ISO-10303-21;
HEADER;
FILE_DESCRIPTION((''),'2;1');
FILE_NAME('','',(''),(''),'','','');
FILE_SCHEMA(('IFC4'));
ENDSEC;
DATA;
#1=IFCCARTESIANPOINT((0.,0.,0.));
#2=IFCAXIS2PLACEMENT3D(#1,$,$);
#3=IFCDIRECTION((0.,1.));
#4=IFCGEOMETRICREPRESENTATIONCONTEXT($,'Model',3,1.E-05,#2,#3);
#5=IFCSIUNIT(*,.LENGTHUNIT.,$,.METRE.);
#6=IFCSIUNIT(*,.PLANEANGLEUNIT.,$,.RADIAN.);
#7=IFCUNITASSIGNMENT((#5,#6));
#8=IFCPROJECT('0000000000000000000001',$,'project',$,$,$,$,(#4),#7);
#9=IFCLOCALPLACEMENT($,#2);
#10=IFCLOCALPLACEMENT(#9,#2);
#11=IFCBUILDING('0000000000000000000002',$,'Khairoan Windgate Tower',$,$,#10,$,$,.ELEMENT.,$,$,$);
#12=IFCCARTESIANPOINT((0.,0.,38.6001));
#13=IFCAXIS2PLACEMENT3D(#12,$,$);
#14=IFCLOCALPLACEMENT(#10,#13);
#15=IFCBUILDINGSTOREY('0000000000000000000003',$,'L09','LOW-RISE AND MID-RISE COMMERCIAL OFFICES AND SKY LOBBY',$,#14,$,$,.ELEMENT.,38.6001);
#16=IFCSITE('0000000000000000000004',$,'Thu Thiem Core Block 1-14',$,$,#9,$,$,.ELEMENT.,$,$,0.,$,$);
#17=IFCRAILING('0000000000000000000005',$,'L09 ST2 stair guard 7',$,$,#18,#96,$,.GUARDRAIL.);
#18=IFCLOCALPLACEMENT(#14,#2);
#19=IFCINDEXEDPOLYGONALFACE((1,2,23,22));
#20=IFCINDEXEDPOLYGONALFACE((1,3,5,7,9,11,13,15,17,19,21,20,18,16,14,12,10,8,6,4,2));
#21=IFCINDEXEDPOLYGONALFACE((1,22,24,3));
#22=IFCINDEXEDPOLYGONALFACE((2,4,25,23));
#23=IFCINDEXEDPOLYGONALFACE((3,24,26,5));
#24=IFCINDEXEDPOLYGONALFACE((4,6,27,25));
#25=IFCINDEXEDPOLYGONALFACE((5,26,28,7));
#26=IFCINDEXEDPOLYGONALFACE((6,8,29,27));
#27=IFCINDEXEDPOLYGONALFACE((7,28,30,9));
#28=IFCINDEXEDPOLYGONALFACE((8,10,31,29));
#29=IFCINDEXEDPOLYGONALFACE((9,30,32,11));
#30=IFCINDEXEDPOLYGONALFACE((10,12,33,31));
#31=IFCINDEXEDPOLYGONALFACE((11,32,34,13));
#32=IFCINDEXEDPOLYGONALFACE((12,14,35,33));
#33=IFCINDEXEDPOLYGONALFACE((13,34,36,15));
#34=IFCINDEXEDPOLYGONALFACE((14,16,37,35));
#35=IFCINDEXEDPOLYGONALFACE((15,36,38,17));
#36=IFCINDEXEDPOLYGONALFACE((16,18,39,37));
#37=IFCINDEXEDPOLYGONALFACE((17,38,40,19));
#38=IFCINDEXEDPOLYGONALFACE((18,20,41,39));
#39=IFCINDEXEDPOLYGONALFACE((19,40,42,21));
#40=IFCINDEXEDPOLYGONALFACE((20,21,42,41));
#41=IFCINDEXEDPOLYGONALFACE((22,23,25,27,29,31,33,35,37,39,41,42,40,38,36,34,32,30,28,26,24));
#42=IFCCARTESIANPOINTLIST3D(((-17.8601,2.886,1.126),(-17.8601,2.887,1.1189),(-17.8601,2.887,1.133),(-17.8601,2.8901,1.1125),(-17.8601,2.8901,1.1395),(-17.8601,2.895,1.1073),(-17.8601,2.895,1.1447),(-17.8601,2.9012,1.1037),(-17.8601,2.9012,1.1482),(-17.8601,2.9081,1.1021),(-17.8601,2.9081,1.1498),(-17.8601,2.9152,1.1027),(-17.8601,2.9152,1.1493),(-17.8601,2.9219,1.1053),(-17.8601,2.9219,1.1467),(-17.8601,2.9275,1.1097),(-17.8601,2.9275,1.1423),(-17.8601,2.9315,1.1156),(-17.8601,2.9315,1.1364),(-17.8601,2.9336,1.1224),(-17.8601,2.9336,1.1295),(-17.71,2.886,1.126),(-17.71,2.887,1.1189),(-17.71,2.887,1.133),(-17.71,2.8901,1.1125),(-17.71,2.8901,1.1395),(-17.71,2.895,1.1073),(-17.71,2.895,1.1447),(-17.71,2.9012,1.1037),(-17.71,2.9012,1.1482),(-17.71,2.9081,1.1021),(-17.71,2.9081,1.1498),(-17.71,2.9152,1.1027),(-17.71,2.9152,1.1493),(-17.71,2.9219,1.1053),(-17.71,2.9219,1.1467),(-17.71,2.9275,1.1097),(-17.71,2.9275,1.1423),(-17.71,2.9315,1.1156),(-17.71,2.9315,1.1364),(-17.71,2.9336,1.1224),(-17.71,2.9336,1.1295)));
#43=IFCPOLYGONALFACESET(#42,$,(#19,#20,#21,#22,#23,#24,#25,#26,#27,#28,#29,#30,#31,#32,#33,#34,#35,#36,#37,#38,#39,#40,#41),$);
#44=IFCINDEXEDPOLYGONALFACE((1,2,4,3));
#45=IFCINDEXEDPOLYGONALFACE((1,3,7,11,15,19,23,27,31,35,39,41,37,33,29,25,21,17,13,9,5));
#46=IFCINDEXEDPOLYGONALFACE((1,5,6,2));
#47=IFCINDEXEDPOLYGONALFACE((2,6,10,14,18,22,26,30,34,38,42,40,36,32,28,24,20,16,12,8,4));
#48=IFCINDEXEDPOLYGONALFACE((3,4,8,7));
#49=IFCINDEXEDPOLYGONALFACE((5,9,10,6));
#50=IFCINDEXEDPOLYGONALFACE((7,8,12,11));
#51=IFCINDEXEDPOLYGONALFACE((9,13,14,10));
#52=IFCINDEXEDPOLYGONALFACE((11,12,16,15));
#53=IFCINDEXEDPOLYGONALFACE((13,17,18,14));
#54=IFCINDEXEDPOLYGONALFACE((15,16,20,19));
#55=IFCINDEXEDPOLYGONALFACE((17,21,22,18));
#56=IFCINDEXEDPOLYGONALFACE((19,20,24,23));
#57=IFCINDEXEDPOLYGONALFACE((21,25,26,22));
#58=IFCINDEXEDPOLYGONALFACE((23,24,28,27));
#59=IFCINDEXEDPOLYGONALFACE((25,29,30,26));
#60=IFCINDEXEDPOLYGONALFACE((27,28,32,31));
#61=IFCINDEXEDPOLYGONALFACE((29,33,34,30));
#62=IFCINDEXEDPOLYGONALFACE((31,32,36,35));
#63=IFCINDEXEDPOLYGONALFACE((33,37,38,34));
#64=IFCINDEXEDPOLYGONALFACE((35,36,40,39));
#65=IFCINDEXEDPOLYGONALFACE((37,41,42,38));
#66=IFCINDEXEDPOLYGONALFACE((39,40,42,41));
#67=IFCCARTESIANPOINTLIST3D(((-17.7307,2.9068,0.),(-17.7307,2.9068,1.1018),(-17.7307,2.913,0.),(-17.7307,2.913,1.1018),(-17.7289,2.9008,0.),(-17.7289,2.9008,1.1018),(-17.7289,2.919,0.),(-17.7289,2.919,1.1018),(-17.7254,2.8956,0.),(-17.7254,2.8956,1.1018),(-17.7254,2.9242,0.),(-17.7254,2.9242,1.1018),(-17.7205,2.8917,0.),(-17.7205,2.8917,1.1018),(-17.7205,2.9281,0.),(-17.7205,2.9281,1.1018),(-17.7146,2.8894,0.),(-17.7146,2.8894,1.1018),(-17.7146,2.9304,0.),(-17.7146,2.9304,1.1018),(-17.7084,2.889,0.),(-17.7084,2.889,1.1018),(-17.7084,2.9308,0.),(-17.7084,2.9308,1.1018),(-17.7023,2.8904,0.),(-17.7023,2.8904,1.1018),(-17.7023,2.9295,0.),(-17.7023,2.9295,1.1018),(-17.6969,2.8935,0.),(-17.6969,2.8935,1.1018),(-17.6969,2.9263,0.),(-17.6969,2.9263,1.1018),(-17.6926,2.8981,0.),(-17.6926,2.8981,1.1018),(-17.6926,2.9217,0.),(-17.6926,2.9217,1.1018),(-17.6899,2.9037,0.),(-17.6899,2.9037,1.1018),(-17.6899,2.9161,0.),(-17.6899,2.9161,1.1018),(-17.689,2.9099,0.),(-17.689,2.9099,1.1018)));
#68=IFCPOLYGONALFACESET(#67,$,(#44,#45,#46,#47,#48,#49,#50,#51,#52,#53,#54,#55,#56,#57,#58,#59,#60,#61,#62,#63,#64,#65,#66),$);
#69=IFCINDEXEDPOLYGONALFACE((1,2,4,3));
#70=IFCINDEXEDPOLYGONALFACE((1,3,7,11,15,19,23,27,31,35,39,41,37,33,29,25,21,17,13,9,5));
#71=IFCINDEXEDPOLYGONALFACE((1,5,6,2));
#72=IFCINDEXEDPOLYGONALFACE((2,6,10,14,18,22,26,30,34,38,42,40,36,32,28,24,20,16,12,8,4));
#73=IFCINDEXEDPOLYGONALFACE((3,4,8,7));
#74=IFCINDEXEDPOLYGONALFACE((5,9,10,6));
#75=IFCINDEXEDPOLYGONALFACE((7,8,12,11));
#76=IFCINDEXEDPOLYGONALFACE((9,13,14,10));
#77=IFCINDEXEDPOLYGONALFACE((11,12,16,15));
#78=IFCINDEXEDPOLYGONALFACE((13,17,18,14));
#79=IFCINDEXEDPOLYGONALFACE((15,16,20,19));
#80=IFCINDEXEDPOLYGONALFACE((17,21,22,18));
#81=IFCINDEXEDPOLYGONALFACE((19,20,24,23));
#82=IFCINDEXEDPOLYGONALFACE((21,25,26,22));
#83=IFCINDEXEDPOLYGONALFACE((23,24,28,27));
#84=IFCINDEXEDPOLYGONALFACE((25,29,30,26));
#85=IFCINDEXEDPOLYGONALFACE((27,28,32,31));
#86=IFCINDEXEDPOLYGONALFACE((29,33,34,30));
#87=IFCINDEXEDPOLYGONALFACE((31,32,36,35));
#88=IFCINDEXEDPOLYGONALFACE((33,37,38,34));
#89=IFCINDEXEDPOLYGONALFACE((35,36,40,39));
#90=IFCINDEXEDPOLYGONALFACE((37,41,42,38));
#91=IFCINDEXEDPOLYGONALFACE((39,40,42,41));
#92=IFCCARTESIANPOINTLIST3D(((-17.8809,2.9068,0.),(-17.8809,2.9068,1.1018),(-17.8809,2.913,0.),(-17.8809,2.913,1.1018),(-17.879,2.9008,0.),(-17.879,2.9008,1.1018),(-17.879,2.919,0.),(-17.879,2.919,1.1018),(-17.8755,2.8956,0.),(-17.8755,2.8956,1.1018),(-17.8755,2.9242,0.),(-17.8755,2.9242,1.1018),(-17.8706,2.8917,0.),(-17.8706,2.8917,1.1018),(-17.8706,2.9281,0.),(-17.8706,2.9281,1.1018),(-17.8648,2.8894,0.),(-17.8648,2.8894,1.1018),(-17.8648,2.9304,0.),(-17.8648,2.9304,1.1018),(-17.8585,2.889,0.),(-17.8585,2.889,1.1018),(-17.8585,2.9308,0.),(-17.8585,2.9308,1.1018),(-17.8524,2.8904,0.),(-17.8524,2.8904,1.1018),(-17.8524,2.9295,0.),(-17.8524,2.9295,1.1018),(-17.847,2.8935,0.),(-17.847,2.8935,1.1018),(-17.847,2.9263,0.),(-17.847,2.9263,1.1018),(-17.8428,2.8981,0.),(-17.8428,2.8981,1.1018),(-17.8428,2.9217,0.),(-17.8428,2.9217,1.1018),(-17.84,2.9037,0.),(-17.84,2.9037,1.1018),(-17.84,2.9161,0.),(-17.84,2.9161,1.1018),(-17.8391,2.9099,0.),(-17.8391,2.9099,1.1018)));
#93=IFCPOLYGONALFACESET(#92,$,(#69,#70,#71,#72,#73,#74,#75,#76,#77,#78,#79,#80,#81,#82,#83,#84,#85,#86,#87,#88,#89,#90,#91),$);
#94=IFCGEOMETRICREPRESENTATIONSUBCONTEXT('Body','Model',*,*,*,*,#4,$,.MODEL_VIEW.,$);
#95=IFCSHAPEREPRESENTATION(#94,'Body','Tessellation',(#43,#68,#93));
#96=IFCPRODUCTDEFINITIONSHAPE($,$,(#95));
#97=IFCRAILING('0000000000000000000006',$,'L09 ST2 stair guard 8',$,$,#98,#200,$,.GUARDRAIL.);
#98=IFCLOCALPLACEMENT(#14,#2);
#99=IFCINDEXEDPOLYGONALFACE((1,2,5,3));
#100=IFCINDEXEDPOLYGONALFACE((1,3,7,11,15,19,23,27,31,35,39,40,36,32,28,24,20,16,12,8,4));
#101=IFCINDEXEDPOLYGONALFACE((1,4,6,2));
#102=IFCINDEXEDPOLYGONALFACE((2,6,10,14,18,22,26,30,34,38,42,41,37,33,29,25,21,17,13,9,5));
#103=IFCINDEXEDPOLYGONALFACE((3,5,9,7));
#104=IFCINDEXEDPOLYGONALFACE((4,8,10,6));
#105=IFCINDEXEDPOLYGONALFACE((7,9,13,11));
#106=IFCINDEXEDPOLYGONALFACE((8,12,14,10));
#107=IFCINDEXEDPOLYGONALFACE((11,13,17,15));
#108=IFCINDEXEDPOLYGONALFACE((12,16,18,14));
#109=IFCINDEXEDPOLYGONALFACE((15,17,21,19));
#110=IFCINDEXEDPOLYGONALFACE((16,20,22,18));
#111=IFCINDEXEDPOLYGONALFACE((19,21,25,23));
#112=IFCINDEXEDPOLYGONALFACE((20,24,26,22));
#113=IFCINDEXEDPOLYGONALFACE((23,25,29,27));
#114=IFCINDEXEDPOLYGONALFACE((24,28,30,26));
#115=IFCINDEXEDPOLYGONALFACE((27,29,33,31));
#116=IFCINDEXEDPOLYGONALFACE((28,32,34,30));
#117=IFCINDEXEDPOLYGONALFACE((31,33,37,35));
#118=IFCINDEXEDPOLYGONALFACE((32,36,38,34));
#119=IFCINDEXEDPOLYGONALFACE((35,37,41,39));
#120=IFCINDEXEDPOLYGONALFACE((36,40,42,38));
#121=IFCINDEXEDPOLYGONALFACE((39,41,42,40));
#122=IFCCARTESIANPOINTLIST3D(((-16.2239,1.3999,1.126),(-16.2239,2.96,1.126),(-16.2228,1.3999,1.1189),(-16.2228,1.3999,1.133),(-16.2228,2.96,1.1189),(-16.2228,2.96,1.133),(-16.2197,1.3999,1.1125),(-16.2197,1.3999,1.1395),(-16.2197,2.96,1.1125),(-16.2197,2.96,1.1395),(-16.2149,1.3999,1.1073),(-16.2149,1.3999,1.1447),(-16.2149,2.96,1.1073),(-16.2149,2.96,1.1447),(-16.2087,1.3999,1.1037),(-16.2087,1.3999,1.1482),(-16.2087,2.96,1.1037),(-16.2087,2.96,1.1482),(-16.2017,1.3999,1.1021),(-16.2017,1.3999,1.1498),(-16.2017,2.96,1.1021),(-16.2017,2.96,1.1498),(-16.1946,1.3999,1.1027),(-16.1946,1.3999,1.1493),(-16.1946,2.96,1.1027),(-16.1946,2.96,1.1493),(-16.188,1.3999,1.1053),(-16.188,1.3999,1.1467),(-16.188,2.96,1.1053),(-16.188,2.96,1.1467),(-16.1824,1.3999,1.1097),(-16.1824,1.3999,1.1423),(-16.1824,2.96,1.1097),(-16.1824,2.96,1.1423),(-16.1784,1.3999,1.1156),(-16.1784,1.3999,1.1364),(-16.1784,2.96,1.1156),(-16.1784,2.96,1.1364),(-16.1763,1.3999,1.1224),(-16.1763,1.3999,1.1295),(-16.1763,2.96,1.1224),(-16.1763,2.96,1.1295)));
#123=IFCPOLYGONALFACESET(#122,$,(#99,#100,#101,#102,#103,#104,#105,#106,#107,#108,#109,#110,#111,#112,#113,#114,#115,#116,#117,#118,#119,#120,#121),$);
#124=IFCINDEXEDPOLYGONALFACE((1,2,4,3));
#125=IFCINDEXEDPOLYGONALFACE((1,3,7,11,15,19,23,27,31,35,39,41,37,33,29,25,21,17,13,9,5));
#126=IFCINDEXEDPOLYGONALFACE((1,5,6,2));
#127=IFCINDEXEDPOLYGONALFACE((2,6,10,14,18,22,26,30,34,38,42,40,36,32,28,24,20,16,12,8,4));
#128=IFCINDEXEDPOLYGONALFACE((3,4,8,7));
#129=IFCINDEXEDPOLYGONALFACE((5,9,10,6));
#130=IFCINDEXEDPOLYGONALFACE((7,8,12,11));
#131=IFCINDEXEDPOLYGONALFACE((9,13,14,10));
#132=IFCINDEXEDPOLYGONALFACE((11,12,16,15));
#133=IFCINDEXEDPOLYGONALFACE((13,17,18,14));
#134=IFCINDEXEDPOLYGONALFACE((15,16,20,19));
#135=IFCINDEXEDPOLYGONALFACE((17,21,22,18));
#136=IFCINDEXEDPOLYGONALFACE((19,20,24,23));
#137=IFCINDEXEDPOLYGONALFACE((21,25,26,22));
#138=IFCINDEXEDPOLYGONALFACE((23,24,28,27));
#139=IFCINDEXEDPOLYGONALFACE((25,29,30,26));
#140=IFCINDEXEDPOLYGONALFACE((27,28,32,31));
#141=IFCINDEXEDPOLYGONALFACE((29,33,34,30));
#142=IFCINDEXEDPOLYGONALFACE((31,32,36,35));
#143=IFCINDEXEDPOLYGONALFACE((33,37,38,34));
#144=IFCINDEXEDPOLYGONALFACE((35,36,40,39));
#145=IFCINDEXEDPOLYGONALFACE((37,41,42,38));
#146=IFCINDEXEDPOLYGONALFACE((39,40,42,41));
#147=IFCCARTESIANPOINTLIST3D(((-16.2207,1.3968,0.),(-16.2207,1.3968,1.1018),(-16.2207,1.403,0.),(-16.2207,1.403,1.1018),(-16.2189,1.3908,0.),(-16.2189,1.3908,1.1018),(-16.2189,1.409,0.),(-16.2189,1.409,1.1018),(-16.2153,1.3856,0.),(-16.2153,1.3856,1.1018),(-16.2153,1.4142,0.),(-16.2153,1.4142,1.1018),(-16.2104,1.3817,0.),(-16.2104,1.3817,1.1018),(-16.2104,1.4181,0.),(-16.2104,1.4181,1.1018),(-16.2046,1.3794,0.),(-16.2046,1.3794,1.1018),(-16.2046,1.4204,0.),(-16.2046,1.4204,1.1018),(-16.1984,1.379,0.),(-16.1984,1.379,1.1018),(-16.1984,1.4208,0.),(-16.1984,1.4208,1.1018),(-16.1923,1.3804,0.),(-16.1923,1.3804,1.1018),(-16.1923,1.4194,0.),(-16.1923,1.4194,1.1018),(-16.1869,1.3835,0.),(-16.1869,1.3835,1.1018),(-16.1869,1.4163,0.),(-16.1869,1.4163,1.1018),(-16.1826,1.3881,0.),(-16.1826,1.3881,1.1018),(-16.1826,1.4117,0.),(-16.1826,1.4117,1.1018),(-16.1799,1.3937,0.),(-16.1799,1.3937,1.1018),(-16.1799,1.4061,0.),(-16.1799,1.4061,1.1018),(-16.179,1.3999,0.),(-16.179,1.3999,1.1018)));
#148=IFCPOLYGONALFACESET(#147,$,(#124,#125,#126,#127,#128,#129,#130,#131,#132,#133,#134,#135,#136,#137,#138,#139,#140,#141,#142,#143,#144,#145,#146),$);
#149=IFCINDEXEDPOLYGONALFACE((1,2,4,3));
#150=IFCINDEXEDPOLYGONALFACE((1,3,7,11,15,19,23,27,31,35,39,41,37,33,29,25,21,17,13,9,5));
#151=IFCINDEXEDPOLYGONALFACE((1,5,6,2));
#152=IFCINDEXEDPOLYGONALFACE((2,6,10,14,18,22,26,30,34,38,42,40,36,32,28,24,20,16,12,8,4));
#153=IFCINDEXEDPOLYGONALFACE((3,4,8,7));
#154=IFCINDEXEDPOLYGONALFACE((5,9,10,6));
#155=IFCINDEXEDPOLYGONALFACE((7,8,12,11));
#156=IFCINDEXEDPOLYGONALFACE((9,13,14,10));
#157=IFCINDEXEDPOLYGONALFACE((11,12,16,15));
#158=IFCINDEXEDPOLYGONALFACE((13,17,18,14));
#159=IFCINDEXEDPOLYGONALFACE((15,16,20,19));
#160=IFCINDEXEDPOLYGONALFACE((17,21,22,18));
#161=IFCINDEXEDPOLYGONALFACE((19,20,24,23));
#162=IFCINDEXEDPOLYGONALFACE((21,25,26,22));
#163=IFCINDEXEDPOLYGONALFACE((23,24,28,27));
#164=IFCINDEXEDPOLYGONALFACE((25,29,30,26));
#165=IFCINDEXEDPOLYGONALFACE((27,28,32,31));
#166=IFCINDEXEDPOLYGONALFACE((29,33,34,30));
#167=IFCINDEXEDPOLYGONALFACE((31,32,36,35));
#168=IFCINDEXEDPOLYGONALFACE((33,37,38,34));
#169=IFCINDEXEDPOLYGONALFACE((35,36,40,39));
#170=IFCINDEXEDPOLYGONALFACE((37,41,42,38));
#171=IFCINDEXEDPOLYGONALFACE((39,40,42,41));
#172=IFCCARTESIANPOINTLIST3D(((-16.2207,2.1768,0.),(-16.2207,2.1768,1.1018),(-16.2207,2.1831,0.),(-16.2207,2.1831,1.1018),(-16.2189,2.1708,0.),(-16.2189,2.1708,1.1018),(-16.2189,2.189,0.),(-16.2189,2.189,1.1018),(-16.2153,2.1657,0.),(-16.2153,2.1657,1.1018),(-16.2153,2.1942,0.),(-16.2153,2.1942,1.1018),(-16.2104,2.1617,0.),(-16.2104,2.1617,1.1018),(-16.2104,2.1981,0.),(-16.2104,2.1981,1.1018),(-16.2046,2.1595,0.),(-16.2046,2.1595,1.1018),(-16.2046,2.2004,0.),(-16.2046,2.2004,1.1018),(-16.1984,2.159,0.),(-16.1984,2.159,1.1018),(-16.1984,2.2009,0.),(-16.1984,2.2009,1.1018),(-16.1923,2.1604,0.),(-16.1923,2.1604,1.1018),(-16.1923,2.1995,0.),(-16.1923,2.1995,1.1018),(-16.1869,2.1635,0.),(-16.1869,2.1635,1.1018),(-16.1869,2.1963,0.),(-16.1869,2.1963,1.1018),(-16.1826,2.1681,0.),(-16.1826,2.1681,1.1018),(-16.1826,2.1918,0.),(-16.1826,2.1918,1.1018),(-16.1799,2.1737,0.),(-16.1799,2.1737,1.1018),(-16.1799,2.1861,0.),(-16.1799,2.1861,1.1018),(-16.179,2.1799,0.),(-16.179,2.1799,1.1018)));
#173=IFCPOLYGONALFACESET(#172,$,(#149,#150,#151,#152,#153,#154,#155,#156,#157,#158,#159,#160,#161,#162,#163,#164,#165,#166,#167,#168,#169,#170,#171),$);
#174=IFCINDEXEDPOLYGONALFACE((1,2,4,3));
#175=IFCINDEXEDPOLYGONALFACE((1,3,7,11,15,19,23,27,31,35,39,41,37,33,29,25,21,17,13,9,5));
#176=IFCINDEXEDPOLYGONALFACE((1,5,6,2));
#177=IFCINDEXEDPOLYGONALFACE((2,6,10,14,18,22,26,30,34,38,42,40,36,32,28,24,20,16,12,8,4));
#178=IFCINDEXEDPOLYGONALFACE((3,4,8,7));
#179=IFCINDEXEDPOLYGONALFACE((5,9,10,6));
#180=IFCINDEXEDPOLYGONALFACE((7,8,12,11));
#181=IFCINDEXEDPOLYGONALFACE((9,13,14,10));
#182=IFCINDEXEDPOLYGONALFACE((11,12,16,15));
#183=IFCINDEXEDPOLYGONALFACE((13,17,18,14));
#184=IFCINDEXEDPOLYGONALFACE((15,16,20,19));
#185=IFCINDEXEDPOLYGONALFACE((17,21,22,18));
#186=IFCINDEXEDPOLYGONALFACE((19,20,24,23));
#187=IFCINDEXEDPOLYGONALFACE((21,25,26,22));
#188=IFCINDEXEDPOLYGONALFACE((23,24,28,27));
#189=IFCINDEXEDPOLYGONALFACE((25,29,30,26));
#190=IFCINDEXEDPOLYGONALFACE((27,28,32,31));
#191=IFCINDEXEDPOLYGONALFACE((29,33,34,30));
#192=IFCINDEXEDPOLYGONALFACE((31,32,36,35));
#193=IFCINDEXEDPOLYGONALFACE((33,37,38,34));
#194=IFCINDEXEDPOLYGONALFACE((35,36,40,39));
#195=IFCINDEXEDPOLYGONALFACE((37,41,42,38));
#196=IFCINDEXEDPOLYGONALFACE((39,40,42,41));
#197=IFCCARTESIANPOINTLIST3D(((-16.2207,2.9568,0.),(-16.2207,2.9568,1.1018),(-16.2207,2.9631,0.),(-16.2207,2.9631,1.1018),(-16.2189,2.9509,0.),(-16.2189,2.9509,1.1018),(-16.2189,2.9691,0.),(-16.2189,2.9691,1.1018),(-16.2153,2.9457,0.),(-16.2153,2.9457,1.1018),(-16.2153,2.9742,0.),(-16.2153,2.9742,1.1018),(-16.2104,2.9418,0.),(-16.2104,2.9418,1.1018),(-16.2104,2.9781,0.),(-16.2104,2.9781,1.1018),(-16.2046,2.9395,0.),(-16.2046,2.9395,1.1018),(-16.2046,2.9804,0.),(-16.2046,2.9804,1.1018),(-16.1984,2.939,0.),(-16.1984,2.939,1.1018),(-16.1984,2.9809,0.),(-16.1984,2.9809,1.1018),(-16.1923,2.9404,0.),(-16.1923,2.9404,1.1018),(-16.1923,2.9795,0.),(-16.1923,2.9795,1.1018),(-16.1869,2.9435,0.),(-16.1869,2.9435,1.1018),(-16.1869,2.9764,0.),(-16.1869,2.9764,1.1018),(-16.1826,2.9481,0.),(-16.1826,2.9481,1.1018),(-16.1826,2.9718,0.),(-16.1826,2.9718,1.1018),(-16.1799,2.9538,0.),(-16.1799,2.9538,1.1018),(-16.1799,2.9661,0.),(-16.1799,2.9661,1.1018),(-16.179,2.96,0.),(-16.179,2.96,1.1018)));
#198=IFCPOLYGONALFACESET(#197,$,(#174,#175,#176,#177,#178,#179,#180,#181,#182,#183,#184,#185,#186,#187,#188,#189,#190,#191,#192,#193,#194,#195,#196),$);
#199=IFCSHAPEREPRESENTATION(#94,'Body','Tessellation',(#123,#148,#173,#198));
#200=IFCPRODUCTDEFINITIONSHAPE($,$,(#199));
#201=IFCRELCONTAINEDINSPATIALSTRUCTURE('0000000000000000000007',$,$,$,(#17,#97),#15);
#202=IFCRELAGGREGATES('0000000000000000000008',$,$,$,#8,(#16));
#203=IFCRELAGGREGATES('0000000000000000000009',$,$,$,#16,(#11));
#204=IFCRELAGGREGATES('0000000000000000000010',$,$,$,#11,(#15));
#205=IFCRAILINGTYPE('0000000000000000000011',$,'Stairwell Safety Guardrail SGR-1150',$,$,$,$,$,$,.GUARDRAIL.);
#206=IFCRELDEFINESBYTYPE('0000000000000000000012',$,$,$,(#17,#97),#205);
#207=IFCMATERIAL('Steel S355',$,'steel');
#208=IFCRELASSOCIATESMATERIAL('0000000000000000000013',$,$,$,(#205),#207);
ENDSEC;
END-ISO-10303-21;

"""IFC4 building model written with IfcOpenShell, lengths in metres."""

from ifc_helpers import new_model, si_unit, direction, frame, origin, origin_2d, place, context, subcontext, project, spatial, circle, extrude, material, type_object, element, save


model = new_model("IFC4")

# Units and contexts
model_context = context("Model", 3, precision=1e-05, world=origin(), true_north=direction((0.0, 1.0)))
body_context = subcontext(model_context, "Body", "Model", "MODEL_VIEW")
ifc_project = project(units=[si_unit("LENGTHUNIT", "METRE"), si_unit("PLANEANGLEUNIT", "RADIAN")], contexts=[model_context])

# Site, building, storey
site_placement = place(None, origin())
site = spatial("IfcSite", under=ifc_project, at=site_placement, Name="Thu Thiem Core Block 1-14", CompositionType="ELEMENT", RefElevation=0.0)
building_placement = place(site_placement, origin())
building = spatial("IfcBuilding", under=site, at=building_placement, Name="Khairoan Windgate Tower", CompositionType="ELEMENT")
storey_placement = place(building_placement, frame((0.0, 0.0, 38.6001)))
storey = spatial("IfcBuildingStorey", under=building, at=storey_placement, Name="L09", Description="LOW-RISE AND MID-RISE COMMERCIAL OFFICES AND SKY LOBBY", CompositionType="ELEMENT", Elevation=38.6001)

# Railings
ifc_material_1 = material(Name="Steel S355", Category="steel")
railing_type_1 = type_object("IfcRailingType", Name="Stairwell Safety Guardrail SGR-1150", PredefinedType="GUARDRAIL", material=ifc_material_1)
railing_1_placement = place(storey_placement, frame((-17.71, 2.9099, 0.0)))
element("IfcRailing", 1, at=railing_1_placement, inside=storey, type_object=railing_type_1, Name="L09 ST2 stair guard 7", PredefinedType="GUARDRAIL", context=body_context, shape_type="SweptSolid", body=[
    extrude(circle(Radius=0.0239, at=origin_2d()), frame((0.0, 0.0, 1.126), z_axis=(-1.0, 0.0, 0.0), x_axis=(0.0, -1.0, 0.0)), (0.0, 0.0, 1.0), 0.1501),
    extrude(circle(Radius=0.021, at=origin_2d()), origin(), (0.0, 0.0, 1.0), 1.1018),
    extrude(circle(Radius=0.021, at=origin_2d()), frame((-0.1501, 0.0, 0.0)), (0.0, 0.0, 1.0), 1.1018),
])
for number, where, name in (
    (2, (-16.2, 1.3999, 0.0), "L09 ST2 stair guard 8"),
):
    element("IfcRailing", number, at=place(storey_placement, frame(where)), inside=storey, type_object=railing_type_1, Name=name, PredefinedType="GUARDRAIL", context=body_context, shape_type="SweptSolid", body=[
        extrude(circle(Radius=0.0239, at=origin_2d()), frame((0.0, 0.0, 1.126), z_axis=(0.0, 1.0, 0.0), x_axis=(-1.0, 0.0, 0.0)), (0.0, 0.0, 1.0), 1.5601),
        extrude(circle(Radius=0.021, at=origin_2d()), origin(), (0.0, 0.0, 1.0), 1.1018),
        extrude(circle(Radius=0.021, at=origin_2d()), frame((0.0, 0.78, 0.0)), (0.0, 0.0, 1.0), 1.1018),
        extrude(circle(Radius=0.021, at=origin_2d()), frame((0.0, 1.5601, 0.0)), (0.0, 0.0, 1.0), 1.1018),
    ])

save(model, "model.ifc")
